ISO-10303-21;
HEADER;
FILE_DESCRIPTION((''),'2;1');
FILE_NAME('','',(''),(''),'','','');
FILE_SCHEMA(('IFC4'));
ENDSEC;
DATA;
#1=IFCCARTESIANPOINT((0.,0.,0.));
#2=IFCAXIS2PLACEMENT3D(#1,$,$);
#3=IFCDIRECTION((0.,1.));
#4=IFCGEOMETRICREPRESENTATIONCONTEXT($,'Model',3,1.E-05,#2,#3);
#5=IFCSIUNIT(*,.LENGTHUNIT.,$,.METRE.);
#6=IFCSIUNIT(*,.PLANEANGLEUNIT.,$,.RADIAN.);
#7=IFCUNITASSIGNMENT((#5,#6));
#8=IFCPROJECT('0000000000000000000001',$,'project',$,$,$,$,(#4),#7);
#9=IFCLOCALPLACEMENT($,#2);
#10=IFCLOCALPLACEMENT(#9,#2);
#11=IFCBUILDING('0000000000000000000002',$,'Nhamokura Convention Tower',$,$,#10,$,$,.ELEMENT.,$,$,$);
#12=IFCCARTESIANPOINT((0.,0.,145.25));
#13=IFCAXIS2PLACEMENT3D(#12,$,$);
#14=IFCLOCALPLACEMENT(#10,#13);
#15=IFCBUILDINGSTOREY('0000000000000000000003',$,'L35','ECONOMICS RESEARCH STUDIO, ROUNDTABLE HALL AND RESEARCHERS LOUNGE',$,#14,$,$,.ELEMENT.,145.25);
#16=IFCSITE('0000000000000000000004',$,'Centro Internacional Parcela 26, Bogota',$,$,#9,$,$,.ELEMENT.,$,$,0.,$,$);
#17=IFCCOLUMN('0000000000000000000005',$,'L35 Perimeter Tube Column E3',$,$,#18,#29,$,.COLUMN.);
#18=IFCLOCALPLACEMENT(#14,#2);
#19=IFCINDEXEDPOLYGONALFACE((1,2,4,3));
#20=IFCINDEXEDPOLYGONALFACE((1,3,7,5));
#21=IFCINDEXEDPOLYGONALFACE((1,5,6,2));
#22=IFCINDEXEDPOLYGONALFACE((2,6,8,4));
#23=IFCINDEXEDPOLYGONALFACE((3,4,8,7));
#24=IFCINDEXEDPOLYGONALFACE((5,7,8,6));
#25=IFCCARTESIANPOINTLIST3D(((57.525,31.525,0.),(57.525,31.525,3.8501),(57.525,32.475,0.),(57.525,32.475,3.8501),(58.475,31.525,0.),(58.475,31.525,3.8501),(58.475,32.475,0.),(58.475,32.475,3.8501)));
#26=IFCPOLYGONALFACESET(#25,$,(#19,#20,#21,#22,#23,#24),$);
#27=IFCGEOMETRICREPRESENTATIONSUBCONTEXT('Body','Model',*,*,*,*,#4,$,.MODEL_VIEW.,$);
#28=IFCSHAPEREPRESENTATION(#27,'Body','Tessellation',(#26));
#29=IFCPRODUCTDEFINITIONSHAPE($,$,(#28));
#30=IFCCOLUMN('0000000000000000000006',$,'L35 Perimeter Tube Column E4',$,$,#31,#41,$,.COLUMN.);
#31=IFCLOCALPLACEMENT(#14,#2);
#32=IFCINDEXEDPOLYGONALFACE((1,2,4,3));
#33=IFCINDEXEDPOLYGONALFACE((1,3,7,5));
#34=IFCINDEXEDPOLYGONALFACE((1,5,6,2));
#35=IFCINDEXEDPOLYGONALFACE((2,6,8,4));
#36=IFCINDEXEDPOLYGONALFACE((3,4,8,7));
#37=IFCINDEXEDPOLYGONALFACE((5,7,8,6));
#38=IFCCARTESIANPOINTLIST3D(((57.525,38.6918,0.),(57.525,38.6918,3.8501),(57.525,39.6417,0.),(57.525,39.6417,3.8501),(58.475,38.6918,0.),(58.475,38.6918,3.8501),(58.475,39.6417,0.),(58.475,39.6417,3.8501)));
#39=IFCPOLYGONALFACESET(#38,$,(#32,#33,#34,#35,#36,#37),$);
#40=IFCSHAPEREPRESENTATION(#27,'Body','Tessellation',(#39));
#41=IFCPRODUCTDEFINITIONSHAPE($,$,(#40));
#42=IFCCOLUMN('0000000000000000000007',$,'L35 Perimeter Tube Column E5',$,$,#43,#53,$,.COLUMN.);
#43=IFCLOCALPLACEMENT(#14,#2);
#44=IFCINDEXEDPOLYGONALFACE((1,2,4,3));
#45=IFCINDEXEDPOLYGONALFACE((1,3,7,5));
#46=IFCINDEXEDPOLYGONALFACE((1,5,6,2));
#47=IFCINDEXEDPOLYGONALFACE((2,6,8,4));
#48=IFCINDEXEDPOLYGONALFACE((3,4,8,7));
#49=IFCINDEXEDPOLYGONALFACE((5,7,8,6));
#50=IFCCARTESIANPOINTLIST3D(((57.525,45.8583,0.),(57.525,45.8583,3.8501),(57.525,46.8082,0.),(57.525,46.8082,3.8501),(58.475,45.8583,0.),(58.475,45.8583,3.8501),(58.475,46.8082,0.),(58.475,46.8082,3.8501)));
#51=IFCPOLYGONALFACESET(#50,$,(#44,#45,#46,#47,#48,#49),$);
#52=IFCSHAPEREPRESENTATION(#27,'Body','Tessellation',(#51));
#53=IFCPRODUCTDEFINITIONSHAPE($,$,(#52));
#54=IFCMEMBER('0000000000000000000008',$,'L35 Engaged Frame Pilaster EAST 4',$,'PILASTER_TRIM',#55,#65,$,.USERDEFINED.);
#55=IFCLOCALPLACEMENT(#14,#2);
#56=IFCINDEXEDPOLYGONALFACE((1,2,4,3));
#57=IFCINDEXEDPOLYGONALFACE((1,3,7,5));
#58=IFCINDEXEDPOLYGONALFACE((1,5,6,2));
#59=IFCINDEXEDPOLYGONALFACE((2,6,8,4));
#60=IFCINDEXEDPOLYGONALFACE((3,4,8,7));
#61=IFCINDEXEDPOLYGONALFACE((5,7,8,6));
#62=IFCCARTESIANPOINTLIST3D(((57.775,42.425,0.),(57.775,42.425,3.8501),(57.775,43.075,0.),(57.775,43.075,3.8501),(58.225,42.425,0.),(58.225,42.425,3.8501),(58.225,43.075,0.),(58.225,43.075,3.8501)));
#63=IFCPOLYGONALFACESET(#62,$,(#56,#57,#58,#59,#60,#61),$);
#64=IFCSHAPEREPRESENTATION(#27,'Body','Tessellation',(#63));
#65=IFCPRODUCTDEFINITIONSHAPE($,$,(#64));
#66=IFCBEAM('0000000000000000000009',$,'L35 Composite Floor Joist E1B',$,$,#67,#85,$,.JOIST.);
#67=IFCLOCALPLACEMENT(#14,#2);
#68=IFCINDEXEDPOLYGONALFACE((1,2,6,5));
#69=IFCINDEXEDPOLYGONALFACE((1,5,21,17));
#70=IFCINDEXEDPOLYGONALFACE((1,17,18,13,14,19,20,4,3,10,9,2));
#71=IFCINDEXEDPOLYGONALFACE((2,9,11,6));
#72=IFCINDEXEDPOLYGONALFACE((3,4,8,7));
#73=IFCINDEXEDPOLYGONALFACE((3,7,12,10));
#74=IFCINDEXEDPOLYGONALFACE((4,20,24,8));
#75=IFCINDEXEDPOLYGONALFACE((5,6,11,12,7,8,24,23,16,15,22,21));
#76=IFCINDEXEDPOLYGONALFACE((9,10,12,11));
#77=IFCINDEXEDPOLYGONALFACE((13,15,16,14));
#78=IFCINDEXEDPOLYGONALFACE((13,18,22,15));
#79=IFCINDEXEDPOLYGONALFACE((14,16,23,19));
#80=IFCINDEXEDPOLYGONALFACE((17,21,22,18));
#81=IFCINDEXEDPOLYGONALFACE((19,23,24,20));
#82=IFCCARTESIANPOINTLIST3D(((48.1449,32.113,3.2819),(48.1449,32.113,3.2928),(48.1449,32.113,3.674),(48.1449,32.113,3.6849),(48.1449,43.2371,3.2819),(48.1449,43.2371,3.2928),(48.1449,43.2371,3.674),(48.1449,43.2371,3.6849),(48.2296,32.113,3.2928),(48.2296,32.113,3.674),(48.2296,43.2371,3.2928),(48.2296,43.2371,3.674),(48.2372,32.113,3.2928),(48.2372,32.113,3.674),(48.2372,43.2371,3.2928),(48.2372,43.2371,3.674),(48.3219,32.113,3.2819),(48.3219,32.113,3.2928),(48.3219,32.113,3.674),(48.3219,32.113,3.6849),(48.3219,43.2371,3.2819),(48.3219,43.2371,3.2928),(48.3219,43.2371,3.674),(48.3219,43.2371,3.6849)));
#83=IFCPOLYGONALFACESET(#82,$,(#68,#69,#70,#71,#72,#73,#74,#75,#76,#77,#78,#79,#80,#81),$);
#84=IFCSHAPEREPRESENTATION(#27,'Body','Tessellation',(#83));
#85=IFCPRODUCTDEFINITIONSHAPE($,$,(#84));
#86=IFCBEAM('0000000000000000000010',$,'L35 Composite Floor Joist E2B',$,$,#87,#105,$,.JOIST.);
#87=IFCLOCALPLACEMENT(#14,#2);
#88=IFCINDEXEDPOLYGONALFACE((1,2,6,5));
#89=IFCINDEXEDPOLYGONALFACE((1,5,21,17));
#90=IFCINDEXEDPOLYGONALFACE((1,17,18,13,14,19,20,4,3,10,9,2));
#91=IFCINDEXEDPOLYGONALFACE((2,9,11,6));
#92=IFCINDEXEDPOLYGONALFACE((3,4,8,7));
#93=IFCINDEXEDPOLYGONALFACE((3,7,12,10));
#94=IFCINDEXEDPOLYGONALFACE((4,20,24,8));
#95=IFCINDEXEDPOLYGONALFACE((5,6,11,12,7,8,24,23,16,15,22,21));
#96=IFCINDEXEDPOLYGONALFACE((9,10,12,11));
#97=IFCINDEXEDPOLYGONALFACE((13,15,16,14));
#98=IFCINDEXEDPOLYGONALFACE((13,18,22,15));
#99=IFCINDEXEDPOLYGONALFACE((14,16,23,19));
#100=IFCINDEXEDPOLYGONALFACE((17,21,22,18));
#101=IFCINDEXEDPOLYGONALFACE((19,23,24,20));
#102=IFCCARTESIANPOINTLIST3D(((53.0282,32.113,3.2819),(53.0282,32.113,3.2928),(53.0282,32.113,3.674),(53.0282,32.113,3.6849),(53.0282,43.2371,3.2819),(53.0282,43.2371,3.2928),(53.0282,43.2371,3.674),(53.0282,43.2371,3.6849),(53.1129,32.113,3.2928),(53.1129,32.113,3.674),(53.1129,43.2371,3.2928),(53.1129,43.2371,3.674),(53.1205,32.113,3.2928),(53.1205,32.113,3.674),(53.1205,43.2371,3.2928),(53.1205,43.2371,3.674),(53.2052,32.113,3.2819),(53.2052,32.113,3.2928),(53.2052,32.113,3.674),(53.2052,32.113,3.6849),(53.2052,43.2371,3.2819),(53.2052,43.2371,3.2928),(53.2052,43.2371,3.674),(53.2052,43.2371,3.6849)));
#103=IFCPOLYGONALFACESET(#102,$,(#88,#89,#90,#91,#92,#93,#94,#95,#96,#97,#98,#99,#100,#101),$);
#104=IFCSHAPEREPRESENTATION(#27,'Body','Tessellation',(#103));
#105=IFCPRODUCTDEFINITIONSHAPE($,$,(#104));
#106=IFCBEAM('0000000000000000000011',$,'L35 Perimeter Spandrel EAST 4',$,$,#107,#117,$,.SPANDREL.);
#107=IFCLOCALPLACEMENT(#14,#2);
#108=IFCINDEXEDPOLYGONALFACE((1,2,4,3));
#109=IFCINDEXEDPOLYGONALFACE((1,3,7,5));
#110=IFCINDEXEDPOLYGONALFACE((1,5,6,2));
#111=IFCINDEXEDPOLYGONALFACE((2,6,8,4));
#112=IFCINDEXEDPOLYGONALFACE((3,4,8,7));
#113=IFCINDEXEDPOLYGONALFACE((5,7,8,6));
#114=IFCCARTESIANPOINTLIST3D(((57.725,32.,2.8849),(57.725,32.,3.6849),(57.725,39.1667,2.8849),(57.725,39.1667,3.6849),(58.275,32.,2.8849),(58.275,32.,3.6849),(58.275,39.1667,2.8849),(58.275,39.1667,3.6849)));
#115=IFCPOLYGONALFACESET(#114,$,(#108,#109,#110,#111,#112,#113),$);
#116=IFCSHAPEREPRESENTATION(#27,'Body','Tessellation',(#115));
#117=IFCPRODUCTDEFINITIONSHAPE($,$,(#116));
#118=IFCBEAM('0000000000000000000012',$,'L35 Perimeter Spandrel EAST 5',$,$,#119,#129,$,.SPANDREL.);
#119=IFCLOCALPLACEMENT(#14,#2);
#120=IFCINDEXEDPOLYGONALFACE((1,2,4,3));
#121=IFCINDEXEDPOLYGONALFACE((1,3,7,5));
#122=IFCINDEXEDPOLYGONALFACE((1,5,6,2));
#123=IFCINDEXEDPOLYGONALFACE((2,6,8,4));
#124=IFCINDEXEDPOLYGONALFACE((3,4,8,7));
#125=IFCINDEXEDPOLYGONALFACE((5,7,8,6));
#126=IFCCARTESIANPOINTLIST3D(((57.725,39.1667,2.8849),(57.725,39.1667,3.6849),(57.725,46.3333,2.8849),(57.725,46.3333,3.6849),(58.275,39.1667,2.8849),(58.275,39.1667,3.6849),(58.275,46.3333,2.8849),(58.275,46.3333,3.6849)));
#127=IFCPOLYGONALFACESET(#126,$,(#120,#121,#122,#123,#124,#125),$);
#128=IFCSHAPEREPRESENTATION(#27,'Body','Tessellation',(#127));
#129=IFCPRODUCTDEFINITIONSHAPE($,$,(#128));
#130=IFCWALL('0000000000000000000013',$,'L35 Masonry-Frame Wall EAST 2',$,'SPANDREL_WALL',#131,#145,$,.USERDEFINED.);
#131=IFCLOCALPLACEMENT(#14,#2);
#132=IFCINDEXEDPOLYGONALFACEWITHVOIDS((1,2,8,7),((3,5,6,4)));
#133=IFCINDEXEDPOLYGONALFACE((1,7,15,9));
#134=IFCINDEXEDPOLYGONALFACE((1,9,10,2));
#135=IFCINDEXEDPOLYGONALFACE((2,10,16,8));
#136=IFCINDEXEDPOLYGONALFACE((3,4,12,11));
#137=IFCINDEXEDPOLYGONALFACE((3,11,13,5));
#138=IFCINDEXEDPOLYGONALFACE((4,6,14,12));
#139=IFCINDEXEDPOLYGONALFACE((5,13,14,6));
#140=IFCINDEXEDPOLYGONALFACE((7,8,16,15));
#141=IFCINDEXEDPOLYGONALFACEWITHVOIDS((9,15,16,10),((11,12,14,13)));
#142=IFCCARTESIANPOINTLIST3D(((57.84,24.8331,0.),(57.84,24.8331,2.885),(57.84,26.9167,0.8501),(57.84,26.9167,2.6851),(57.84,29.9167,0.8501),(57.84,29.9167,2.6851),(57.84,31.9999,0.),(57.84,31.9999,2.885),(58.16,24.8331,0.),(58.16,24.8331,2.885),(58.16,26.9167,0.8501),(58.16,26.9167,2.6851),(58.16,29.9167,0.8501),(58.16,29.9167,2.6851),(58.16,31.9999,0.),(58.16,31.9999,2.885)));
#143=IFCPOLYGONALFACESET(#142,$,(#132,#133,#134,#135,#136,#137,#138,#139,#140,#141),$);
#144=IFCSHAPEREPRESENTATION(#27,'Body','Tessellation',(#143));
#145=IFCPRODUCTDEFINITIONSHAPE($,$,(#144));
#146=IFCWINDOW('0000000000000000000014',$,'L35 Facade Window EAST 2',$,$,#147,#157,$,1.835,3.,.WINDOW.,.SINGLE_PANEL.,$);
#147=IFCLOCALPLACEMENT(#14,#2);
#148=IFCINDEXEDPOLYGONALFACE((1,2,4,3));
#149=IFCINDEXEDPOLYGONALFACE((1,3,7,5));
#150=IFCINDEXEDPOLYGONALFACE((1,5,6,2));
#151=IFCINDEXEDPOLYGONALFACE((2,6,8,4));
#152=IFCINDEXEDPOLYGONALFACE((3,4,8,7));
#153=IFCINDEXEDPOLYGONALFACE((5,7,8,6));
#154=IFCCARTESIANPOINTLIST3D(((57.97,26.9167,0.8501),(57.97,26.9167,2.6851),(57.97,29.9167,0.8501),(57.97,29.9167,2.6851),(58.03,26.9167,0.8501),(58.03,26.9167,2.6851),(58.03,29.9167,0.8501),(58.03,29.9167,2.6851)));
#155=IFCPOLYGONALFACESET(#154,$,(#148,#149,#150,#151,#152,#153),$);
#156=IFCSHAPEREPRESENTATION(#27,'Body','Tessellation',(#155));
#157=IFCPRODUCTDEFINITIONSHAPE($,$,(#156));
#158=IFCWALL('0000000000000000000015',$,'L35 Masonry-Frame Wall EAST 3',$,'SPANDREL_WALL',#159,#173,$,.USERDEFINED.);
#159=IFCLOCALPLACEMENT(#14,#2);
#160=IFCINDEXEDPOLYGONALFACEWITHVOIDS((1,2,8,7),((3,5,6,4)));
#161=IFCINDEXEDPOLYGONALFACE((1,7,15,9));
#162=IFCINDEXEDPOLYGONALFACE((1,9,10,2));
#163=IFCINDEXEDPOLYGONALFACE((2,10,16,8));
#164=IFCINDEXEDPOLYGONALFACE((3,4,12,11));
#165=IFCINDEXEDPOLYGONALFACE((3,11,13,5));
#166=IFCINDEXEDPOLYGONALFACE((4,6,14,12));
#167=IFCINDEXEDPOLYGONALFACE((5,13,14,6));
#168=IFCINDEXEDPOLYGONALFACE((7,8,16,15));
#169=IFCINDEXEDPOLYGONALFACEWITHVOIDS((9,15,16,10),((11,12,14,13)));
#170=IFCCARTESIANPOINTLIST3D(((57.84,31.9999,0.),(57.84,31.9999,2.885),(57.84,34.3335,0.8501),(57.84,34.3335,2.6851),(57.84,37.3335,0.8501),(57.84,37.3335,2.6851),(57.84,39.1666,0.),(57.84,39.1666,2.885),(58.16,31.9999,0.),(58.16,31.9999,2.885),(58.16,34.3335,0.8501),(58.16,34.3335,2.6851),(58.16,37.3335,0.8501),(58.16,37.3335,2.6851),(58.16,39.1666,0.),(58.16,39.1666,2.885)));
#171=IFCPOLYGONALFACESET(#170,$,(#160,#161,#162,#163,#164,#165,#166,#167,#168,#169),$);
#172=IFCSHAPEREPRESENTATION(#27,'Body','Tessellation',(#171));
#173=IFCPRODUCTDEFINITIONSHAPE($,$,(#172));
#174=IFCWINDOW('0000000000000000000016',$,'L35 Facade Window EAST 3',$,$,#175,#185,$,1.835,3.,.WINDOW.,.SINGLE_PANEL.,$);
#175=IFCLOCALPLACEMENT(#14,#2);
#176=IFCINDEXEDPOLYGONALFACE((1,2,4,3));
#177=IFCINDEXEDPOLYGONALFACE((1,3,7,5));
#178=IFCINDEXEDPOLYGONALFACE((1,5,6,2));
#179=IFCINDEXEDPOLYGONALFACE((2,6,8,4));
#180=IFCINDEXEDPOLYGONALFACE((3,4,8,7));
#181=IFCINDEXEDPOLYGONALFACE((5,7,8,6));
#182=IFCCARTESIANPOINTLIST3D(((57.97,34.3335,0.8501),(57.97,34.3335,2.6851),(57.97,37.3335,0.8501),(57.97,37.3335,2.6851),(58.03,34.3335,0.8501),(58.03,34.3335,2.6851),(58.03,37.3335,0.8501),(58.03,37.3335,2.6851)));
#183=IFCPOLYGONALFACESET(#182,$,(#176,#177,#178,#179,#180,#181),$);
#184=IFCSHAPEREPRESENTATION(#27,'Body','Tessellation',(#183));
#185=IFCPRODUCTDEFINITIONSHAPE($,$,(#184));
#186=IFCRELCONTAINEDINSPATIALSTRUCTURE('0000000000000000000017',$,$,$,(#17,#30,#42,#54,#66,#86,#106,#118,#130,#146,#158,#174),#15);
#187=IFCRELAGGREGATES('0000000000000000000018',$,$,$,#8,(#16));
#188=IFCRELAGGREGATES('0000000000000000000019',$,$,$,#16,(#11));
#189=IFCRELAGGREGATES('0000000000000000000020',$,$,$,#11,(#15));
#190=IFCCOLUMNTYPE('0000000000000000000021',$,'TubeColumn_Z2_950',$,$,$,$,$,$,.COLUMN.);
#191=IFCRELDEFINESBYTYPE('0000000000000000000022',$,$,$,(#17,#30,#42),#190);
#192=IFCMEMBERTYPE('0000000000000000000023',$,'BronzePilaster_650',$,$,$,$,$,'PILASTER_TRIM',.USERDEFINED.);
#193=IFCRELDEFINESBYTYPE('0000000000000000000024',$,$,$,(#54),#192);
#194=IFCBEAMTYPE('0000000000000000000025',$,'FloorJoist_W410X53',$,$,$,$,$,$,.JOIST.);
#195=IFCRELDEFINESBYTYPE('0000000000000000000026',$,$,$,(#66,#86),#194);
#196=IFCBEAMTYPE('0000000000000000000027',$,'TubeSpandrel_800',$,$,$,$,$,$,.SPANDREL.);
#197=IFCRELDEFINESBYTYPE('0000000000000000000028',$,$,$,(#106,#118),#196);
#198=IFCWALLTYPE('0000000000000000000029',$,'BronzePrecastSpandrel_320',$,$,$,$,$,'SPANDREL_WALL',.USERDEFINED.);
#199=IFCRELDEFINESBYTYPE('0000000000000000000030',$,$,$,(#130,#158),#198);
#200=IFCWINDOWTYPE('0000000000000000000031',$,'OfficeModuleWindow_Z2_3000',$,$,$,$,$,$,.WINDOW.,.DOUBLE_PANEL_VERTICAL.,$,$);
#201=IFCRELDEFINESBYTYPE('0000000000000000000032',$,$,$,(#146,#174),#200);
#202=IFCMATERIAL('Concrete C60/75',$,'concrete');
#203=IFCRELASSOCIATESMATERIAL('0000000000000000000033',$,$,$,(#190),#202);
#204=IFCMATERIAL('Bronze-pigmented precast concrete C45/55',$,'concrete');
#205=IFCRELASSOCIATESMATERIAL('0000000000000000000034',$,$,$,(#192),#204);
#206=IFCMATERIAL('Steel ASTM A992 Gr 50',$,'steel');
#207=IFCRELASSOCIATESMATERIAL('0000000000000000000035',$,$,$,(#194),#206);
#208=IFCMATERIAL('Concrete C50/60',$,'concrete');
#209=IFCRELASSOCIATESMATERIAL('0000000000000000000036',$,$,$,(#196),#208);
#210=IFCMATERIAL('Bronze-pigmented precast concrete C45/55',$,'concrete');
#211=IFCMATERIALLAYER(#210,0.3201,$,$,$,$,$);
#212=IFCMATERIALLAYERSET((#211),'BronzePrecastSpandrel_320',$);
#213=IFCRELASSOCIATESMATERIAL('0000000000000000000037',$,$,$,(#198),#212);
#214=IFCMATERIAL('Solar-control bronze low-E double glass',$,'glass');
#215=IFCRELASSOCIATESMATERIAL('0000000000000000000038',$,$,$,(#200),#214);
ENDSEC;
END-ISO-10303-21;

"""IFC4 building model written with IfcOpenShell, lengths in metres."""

from ifc_helpers import new_model, si_unit, direction, frame, frame_2d, origin, origin_2d, place, context, subcontext, project, spatial, rectangle, i_section, extrude, material, layer, layer_set, material_profile, profile_set, type_object, element, fill, save


model = new_model("IFC4")

# Units and contexts
model_context = context("Model", 3, precision=1e-05, world=origin(), true_north=direction((0.0, 1.0)))
body_context = subcontext(model_context, "Body", "Model", "MODEL_VIEW")
ifc_project = project(units=[si_unit("LENGTHUNIT", "METRE"), si_unit("PLANEANGLEUNIT", "RADIAN")], contexts=[model_context])

# Site, building, storey
site_placement = place(None, origin())
site = spatial("IfcSite", under=ifc_project, at=site_placement, Name="Centro Internacional Parcela 26, Bogota", CompositionType="ELEMENT", RefElevation=0.0)
building_placement = place(site_placement, origin())
building = spatial("IfcBuilding", under=site, at=building_placement, Name="Nhamokura Convention Tower", CompositionType="ELEMENT")
storey_placement = place(building_placement, frame((0.0, 0.0, 145.25)))
storey = spatial("IfcBuildingStorey", under=building, at=storey_placement, Name="L35", Description="ECONOMICS RESEARCH STUDIO, ROUNDTABLE HALL AND RESEARCHERS LOUNGE", CompositionType="ELEMENT", Elevation=145.25)

# Columns
ifc_material_1 = material(Name="Concrete C60/75", Category="concrete")
ifc_material_profile_1 = material_profile(ifc_material_1, rectangle(XDim=0.95, YDim=0.95, at=origin_2d()))
ifc_profile_set_1 = profile_set([ifc_material_profile_1], Name="Concrete C60/75")
column_type = type_object("IfcColumnType", Name="TubeColumn_Z2_950", PredefinedType="COLUMN", material=ifc_profile_set_1)
for number, where, z_axis, x_axis, name in (
    (1, (58.0, 32.0, 0.0), (0.0, 0.0, 1.0), (1.0, 0.0, 0.0), "L35 Perimeter Tube Column E3"),
    (2, (58.0, 39.1667, 0.0), (0.0, 0.0, 1.0), (1.0, 0.0, 0.0), "L35 Perimeter Tube Column E4"),
    (3, (58.0, 46.3333, 0.0), (0.0, 0.0, 1.0), (1.0, 0.0, 0.0), "L35 Perimeter Tube Column E5"),
):
    element("IfcColumn", number, at=place(storey_placement, frame(where, z_axis=z_axis, x_axis=x_axis)), inside=storey, type_object=column_type, Name=name, PredefinedType="COLUMN", context=body_context, shape_type="SweptSolid", body=[
        extrude(rectangle(XDim=0.95, YDim=0.95, at=origin_2d()), origin(), (0.0, 0.0, 1.0), 3.8501),
    ])

# Member
ifc_material_2 = material(Name="Bronze-pigmented precast concrete C45/55", Category="concrete")
ifc_material_profile_2 = material_profile(ifc_material_2, rectangle(XDim=0.45, YDim=0.6499, at=origin_2d()))
ifc_profile_set_2 = profile_set([ifc_material_profile_2], Name="Bronze-pigmented precast concrete C45/55")
member_type = type_object("IfcMemberType", Name="BronzePilaster_650", ElementType="PILASTER_TRIM", PredefinedType="USERDEFINED", material=ifc_profile_set_2)
member_placement = place(storey_placement, frame((58.0, 42.75, 0.0), z_axis=(0.0, 0.0, 1.0), x_axis=(1.0, 0.0, 0.0)))
element("IfcMember", 4, at=member_placement, inside=storey, type_object=member_type, Name="L35 Engaged Frame Pilaster EAST 4", ObjectType="PILASTER_TRIM", PredefinedType="USERDEFINED", context=body_context, shape_type="SweptSolid", body=[
    extrude(rectangle(XDim=0.45, YDim=0.6499, at=origin_2d()), origin(), (0.0, 0.0, 1.0), 3.8501),
])

# Beams
ifc_material_3 = material(Name="Steel ASTM A992 Gr 50", Category="steel")
ifc_material_profile_3 = material_profile(ifc_material_3, i_section(OverallWidth=0.177, OverallDepth=0.4031, WebThickness=0.0076, FlangeThickness=0.011, at=origin_2d()))
ifc_profile_set_3 = profile_set([ifc_material_profile_3], Name="Steel ASTM A992 Gr 50")
beam_type_1 = type_object("IfcBeamType", Name="FloorJoist_W410X53", PredefinedType="JOIST", material=ifc_profile_set_3)
for number, where, z_axis, x_axis, name in (
    (5, (48.2334, 32.113, 3.4834), (0.0, 1.0, 0.0), (-1.0, 0.0, 0.0), "L35 Composite Floor Joist E1B"),
    (6, (53.1167, 32.113, 3.4834), (0.0, 1.0, 0.0), (-1.0, 0.0, 0.0), "L35 Composite Floor Joist E2B"),
):
    element("IfcBeam", number, at=place(storey_placement, frame(where, z_axis=z_axis, x_axis=x_axis)), inside=storey, type_object=beam_type_1, Name=name, PredefinedType="JOIST", context=body_context, shape_type="SweptSolid", body=[
        extrude(i_section(OverallWidth=0.177, OverallDepth=0.4031, WebThickness=0.0076, FlangeThickness=0.011, at=origin_2d()), origin(), (0.0, 0.0, 1.0), 11.124),
    ])
ifc_material_4 = material(Name="Concrete C50/60", Category="concrete")
ifc_material_profile_4 = material_profile(ifc_material_4, rectangle(XDim=0.55, YDim=0.8, at=origin_2d()))
ifc_profile_set_4 = profile_set([ifc_material_profile_4], Name="Concrete C50/60")
beam_type_2 = type_object("IfcBeamType", Name="TubeSpandrel_800", PredefinedType="SPANDREL", material=ifc_profile_set_4)
beam_1_placement = place(storey_placement, frame((58.0, 32.0, 3.2849), z_axis=(0.0, 1.0, 0.0), x_axis=(-1.0, 0.0, 0.0)))
element("IfcBeam", 7, at=beam_1_placement, inside=storey, type_object=beam_type_2, Name="L35 Perimeter Spandrel EAST 4", PredefinedType="SPANDREL", context=body_context, shape_type="SweptSolid", body=[
    extrude(rectangle(XDim=0.55, YDim=0.8, at=origin_2d()), origin(), (0.0, 0.0, 1.0), 7.1667),
])
beam_2_placement = place(storey_placement, frame((58.0, 39.1667, 3.2849), z_axis=(0.0, 1.0, 0.0), x_axis=(-1.0, 0.0, 0.0)))
element("IfcBeam", 8, at=beam_2_placement, inside=storey, type_object=beam_type_2, Name="L35 Perimeter Spandrel EAST 5", PredefinedType="SPANDREL", context=body_context, shape_type="SweptSolid", body=[
    extrude(rectangle(XDim=0.55, YDim=0.8, at=origin_2d()), origin(), (0.0, 0.0, 1.0), 7.1665),
])

# Walls, openings, windows
ifc_material_5 = material(Name="Bronze-pigmented precast concrete C45/55", Category="concrete")
ifc_layer_1 = layer(ifc_material_5, 0.3201)
ifc_layer_set_1 = layer_set([ifc_layer_1], Name="BronzePrecastSpandrel_320")
wall_type_1 = type_object("IfcWallType", Name="BronzePrecastSpandrel_320", ElementType="SPANDREL_WALL", PredefinedType="USERDEFINED", material=ifc_layer_set_1)
wall_1_placement = place(storey_placement, frame((58.0, 32.0, 0.0), z_axis=(0.0, 0.0, 1.0), x_axis=(0.0, -1.0, 0.0)))
wall_1 = element("IfcWall", 9, at=wall_1_placement, inside=storey, type_object=wall_type_1, Name="L35 Masonry-Frame Wall EAST 2", ObjectType="SPANDREL_WALL", PredefinedType="USERDEFINED", context=body_context, shape_type="SweptSolid", body=[
    extrude(rectangle(XDim=7.1667, YDim=0.3201, at=frame_2d((3.5835, 0.0))), origin(), (0.0, 0.0, 1.0), 2.885),
])
opening_1_placement = place(wall_1_placement, frame((2.0833, 0.0, 0.8501)))
opening_1 = element("IfcOpeningElement", 10, at=opening_1_placement, cuts=wall_1, PredefinedType="OPENING", context=body_context, shape_type="SweptSolid", body=[
    extrude(rectangle(XDim=3.0, YDim=1.835, at=frame_2d((1.5, 0.9175))), frame((0.0, 0.1699, 0.0), z_axis=(0.0, -1.0, 0.0), x_axis=(1.0, 0.0, 0.0)), (0.0, 0.0, 1.0), 0.3401),
])
ifc_material_6 = material(Name="Solar-control bronze low-E double glass", Category="glass")
window_type = type_object("IfcWindowType", Name="OfficeModuleWindow_Z2_3000", PartitioningType="DOUBLE_PANEL_VERTICAL", PredefinedType="WINDOW", material=ifc_material_6)
window_1_placement = place(opening_1_placement, origin())
window_1 = element("IfcWindow", 11, at=window_1_placement, inside=storey, type_object=window_type, Name="L35 Facade Window EAST 2", OverallHeight=1.835, OverallWidth=3.0, PartitioningType="SINGLE_PANEL", PredefinedType="WINDOW", context=body_context, shape_type="SweptSolid", body=[
    extrude(rectangle(XDim=3.0, YDim=1.835, at=frame_2d((1.5, 0.9175))), frame((0.0, 0.03, 0.0), z_axis=(0.0, -1.0, 0.0), x_axis=(1.0, 0.0, 0.0)), (0.0, 0.0, 1.0), 0.0601),
])
fill(opening_1, window_1)
wall_2_placement = place(storey_placement, frame((58.0, 39.1667, 0.0), z_axis=(0.0, 0.0, 1.0), x_axis=(0.0, -1.0, 0.0)))
wall_2 = element("IfcWall", 12, at=wall_2_placement, inside=storey, type_object=wall_type_1, Name="L35 Masonry-Frame Wall EAST 3", ObjectType="SPANDREL_WALL", PredefinedType="USERDEFINED", context=body_context, shape_type="SweptSolid", body=[
    extrude(rectangle(XDim=7.1667, YDim=0.3201, at=frame_2d((3.5835, 0.0))), origin(), (0.0, 0.0, 1.0), 2.885),
])
opening_2_placement = place(wall_2_placement, frame((1.8333, 0.0, 0.8501)))
opening_2 = element("IfcOpeningElement", 13, at=opening_2_placement, cuts=wall_2, PredefinedType="OPENING", context=body_context, shape_type="SweptSolid", body=[
    extrude(rectangle(XDim=3.0, YDim=1.835, at=frame_2d((1.5, 0.9175))), frame((0.0, 0.1699, 0.0), z_axis=(0.0, -1.0, 0.0), x_axis=(1.0, 0.0, 0.0)), (0.0, 0.0, 1.0), 0.3401),
])
window_2_placement = place(opening_2_placement, origin())
window_2 = element("IfcWindow", 14, at=window_2_placement, inside=storey, type_object=window_type, Name="L35 Facade Window EAST 3", OverallHeight=1.835, OverallWidth=3.0, PartitioningType="SINGLE_PANEL", PredefinedType="WINDOW", context=body_context, shape_type="SweptSolid", body=[
    extrude(rectangle(XDim=3.0, YDim=1.835, at=frame_2d((1.5, 0.9175))), frame((0.0, 0.03, 0.0), z_axis=(0.0, -1.0, 0.0), x_axis=(1.0, 0.0, 0.0)), (0.0, 0.0, 1.0), 0.0601),
])
fill(opening_2, window_2)

save(model, "model.ifc")
